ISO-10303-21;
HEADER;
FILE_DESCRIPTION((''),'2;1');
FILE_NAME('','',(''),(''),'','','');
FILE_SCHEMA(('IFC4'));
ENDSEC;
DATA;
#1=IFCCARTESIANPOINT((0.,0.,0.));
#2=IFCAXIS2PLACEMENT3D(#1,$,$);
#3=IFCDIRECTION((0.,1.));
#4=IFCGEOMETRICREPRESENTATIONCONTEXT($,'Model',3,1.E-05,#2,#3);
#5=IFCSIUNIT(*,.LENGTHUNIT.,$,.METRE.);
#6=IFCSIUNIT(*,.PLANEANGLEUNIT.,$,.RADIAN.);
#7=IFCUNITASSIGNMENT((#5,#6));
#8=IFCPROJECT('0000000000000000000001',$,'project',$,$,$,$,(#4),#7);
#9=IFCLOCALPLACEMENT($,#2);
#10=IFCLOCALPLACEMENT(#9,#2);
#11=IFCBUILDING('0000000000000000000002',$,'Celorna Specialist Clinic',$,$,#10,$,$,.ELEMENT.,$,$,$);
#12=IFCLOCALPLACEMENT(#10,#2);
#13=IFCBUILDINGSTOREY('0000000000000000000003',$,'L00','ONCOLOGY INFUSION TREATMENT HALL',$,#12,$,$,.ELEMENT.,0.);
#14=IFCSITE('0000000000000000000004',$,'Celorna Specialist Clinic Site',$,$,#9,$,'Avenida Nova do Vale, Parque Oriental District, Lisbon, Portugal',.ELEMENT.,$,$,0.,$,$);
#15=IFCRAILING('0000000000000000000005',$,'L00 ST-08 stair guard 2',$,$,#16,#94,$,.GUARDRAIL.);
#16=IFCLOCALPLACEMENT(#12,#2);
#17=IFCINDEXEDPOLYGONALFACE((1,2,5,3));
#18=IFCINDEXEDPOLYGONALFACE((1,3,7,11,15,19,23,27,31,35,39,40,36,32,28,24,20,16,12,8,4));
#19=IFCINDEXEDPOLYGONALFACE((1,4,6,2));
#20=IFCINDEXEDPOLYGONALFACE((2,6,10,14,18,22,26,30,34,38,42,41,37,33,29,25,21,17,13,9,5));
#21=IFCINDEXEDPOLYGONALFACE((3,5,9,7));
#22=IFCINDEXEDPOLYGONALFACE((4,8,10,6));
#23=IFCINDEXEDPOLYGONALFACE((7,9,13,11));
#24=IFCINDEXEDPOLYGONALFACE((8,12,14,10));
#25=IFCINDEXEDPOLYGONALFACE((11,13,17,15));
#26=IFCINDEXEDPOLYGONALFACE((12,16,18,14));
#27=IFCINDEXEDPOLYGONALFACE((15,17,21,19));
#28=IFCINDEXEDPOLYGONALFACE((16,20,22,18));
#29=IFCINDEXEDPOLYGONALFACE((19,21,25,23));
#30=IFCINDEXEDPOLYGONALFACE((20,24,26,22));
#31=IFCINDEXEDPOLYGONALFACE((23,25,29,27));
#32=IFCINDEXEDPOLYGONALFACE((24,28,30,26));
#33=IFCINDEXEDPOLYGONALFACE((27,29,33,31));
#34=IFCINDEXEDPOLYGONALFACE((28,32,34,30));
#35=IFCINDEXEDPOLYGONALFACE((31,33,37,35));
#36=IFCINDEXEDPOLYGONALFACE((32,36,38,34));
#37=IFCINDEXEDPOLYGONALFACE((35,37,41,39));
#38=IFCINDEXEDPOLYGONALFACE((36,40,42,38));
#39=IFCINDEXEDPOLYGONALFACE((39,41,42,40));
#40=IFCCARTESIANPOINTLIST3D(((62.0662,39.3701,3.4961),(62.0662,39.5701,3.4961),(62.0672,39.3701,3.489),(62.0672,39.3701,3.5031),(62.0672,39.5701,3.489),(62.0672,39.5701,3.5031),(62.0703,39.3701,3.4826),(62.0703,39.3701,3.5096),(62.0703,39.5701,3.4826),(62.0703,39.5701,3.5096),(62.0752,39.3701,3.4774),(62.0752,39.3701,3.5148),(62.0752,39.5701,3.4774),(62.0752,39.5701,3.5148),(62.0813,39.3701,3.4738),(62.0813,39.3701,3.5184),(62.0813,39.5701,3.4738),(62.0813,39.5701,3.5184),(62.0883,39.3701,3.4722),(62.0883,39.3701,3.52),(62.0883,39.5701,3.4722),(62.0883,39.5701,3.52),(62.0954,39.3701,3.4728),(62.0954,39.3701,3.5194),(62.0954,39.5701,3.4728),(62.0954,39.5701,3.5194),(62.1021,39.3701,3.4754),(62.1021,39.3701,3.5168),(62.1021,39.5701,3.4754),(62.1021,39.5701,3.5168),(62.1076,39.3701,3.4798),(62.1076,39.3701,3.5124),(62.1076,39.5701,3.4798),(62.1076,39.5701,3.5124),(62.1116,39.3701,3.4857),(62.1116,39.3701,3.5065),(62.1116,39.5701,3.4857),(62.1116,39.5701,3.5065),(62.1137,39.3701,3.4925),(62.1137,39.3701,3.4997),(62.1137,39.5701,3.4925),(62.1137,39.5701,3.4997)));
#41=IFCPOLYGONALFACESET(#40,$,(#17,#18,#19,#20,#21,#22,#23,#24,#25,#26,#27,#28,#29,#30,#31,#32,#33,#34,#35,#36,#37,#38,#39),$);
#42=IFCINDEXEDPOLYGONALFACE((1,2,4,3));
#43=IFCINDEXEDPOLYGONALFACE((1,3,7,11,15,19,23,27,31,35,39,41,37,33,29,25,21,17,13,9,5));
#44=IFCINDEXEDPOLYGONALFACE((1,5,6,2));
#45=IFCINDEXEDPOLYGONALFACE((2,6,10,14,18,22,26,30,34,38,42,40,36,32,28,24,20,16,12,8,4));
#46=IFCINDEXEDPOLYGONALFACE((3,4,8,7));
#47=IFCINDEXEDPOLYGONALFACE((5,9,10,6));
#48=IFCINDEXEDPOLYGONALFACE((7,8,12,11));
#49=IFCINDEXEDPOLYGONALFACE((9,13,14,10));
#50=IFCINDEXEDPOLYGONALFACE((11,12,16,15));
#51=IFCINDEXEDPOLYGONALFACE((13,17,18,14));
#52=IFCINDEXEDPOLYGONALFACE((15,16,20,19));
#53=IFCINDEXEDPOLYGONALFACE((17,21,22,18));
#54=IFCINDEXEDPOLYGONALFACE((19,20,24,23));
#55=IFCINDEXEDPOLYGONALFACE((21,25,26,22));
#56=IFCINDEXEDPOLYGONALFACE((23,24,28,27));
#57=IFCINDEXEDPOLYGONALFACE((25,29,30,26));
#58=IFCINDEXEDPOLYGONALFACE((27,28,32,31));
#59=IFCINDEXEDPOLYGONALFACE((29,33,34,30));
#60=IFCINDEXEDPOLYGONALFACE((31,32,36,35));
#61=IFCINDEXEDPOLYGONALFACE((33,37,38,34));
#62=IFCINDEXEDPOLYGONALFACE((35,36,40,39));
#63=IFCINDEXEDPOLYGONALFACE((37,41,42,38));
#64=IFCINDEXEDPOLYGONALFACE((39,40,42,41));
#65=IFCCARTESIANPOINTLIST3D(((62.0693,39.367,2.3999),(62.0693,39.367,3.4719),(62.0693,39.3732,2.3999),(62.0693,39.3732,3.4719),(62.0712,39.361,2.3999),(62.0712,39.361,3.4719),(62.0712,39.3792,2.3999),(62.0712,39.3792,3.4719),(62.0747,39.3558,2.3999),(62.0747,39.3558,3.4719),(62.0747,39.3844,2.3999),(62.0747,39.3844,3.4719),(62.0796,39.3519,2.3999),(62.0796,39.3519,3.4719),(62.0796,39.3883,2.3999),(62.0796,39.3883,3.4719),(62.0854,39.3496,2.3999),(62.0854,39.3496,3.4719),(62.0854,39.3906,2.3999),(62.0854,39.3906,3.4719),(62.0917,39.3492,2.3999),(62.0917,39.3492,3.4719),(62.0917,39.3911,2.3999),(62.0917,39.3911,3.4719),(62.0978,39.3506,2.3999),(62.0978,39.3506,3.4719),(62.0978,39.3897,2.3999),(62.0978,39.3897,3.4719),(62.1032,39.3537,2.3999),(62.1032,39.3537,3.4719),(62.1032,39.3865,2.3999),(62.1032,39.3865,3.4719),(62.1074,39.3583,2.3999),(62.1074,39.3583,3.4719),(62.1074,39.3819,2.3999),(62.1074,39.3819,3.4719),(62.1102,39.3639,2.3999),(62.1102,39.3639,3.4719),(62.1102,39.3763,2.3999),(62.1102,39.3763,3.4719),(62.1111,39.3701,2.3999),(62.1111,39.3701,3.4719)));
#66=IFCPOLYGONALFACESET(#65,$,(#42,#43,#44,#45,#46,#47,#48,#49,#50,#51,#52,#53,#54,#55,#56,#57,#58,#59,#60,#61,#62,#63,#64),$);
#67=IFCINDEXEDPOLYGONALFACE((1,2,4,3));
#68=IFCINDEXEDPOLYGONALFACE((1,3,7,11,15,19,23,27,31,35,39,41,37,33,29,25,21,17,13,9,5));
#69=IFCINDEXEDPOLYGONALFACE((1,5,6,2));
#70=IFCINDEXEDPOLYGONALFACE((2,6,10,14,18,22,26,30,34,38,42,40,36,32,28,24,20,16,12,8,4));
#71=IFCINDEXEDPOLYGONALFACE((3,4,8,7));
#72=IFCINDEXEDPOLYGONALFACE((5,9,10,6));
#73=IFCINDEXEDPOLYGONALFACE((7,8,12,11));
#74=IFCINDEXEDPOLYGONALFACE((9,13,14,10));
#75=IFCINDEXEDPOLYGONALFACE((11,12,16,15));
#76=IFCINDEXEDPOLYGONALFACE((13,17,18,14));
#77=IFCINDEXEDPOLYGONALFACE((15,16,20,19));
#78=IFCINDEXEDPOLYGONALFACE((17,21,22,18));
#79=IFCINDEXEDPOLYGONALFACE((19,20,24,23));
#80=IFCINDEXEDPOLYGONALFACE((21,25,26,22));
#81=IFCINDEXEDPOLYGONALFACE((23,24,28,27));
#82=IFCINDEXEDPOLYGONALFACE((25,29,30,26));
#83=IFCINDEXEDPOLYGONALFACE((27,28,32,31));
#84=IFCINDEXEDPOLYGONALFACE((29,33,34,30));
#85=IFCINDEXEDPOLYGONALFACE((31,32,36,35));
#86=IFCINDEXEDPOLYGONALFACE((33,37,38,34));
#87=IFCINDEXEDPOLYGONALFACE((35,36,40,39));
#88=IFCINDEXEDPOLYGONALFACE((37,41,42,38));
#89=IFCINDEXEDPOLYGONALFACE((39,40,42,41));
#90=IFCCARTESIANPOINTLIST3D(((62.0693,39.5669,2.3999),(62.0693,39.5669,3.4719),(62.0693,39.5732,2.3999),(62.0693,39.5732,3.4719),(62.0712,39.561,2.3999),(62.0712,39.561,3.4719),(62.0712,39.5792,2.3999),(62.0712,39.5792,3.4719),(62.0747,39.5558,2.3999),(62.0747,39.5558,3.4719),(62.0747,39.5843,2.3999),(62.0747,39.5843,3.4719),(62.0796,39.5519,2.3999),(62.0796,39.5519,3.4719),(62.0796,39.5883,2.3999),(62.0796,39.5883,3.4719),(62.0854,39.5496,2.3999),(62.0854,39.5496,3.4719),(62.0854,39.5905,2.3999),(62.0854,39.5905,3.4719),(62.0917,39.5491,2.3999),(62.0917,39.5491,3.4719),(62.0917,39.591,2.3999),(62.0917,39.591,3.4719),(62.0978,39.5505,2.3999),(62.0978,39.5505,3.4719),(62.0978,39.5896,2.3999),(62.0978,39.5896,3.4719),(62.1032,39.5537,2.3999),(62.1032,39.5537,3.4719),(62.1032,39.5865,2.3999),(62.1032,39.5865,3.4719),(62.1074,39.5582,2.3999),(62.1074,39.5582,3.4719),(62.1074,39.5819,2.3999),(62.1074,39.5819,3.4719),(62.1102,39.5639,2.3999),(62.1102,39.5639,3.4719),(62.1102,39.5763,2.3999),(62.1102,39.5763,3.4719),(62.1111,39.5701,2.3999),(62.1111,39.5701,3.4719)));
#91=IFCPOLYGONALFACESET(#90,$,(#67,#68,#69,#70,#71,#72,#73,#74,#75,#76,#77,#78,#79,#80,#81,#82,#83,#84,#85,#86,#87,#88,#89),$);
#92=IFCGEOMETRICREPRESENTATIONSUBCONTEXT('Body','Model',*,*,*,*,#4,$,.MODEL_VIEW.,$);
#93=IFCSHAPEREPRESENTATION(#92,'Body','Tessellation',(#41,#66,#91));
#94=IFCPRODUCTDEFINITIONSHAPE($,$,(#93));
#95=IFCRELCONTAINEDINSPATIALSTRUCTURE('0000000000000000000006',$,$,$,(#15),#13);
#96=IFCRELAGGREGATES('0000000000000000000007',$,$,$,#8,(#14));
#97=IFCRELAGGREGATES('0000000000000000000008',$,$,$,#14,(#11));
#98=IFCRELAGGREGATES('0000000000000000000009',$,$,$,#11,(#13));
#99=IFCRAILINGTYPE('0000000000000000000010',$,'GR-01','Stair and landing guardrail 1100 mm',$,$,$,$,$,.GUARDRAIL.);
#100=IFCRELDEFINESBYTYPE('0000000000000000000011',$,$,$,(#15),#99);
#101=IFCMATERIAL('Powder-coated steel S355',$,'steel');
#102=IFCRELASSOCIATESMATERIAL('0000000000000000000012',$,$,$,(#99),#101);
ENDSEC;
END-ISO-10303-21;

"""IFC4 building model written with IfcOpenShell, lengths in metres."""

from ifc_helpers import new_model, si_unit, direction, frame, origin, origin_2d, place, context, subcontext, project, spatial, circle, extrude, material, type_object, element, save


model = new_model("IFC4")

# Units and contexts
model_context = context("Model", 3, precision=1e-05, world=origin(), true_north=direction((0.0, 1.0)))
body_context = subcontext(model_context, "Body", "Model", "MODEL_VIEW")
ifc_project = project(units=[si_unit("LENGTHUNIT", "METRE"), si_unit("PLANEANGLEUNIT", "RADIAN")], contexts=[model_context])

# Site, building, storey
site_placement = place(None, origin())
site = spatial("IfcSite", under=ifc_project, at=site_placement, Name="Celorna Specialist Clinic Site", LongName="Avenida Nova do Vale, Parque Oriental District, Lisbon, Portugal", CompositionType="ELEMENT", RefElevation=0.0)
building_placement = place(site_placement, origin())
building = spatial("IfcBuilding", under=site, at=building_placement, Name="Celorna Specialist Clinic", CompositionType="ELEMENT")
storey_placement = place(building_placement, origin())
storey = spatial("IfcBuildingStorey", under=building, at=storey_placement, Name="L00", Description="ONCOLOGY INFUSION TREATMENT HALL", CompositionType="ELEMENT", Elevation=0.0)

# Railing
ifc_material_1 = material(Name="Powder-coated steel S355", Category="steel")
railing_type_1 = type_object("IfcRailingType", Name="GR-01", Description="Stair and landing guardrail 1100 mm", PredefinedType="GUARDRAIL", material=ifc_material_1)
railing_1_placement = place(storey_placement, frame((62.0901, 39.3701, 2.3999)))
element("IfcRailing", 1, at=railing_1_placement, inside=storey, type_object=railing_type_1, Name="L00 ST-08 stair guard 2", PredefinedType="GUARDRAIL", context=body_context, shape_type="SweptSolid", body=[
    extrude(circle(Radius=0.0239, at=origin_2d()), frame((0.0, 0.0, 1.0962), z_axis=(0.0, 1.0, 0.0), x_axis=(-1.0, 0.0, 0.0)), (0.0, 0.0, 1.0), 0.2),
    extrude(circle(Radius=0.021, at=origin_2d()), origin(), (0.0, 0.0, 1.0), 1.072),
    extrude(circle(Radius=0.021, at=origin_2d()), frame((0.0, 0.2, 0.0)), (0.0, 0.0, 1.0), 1.072),
])

save(model, "model.ifc")
